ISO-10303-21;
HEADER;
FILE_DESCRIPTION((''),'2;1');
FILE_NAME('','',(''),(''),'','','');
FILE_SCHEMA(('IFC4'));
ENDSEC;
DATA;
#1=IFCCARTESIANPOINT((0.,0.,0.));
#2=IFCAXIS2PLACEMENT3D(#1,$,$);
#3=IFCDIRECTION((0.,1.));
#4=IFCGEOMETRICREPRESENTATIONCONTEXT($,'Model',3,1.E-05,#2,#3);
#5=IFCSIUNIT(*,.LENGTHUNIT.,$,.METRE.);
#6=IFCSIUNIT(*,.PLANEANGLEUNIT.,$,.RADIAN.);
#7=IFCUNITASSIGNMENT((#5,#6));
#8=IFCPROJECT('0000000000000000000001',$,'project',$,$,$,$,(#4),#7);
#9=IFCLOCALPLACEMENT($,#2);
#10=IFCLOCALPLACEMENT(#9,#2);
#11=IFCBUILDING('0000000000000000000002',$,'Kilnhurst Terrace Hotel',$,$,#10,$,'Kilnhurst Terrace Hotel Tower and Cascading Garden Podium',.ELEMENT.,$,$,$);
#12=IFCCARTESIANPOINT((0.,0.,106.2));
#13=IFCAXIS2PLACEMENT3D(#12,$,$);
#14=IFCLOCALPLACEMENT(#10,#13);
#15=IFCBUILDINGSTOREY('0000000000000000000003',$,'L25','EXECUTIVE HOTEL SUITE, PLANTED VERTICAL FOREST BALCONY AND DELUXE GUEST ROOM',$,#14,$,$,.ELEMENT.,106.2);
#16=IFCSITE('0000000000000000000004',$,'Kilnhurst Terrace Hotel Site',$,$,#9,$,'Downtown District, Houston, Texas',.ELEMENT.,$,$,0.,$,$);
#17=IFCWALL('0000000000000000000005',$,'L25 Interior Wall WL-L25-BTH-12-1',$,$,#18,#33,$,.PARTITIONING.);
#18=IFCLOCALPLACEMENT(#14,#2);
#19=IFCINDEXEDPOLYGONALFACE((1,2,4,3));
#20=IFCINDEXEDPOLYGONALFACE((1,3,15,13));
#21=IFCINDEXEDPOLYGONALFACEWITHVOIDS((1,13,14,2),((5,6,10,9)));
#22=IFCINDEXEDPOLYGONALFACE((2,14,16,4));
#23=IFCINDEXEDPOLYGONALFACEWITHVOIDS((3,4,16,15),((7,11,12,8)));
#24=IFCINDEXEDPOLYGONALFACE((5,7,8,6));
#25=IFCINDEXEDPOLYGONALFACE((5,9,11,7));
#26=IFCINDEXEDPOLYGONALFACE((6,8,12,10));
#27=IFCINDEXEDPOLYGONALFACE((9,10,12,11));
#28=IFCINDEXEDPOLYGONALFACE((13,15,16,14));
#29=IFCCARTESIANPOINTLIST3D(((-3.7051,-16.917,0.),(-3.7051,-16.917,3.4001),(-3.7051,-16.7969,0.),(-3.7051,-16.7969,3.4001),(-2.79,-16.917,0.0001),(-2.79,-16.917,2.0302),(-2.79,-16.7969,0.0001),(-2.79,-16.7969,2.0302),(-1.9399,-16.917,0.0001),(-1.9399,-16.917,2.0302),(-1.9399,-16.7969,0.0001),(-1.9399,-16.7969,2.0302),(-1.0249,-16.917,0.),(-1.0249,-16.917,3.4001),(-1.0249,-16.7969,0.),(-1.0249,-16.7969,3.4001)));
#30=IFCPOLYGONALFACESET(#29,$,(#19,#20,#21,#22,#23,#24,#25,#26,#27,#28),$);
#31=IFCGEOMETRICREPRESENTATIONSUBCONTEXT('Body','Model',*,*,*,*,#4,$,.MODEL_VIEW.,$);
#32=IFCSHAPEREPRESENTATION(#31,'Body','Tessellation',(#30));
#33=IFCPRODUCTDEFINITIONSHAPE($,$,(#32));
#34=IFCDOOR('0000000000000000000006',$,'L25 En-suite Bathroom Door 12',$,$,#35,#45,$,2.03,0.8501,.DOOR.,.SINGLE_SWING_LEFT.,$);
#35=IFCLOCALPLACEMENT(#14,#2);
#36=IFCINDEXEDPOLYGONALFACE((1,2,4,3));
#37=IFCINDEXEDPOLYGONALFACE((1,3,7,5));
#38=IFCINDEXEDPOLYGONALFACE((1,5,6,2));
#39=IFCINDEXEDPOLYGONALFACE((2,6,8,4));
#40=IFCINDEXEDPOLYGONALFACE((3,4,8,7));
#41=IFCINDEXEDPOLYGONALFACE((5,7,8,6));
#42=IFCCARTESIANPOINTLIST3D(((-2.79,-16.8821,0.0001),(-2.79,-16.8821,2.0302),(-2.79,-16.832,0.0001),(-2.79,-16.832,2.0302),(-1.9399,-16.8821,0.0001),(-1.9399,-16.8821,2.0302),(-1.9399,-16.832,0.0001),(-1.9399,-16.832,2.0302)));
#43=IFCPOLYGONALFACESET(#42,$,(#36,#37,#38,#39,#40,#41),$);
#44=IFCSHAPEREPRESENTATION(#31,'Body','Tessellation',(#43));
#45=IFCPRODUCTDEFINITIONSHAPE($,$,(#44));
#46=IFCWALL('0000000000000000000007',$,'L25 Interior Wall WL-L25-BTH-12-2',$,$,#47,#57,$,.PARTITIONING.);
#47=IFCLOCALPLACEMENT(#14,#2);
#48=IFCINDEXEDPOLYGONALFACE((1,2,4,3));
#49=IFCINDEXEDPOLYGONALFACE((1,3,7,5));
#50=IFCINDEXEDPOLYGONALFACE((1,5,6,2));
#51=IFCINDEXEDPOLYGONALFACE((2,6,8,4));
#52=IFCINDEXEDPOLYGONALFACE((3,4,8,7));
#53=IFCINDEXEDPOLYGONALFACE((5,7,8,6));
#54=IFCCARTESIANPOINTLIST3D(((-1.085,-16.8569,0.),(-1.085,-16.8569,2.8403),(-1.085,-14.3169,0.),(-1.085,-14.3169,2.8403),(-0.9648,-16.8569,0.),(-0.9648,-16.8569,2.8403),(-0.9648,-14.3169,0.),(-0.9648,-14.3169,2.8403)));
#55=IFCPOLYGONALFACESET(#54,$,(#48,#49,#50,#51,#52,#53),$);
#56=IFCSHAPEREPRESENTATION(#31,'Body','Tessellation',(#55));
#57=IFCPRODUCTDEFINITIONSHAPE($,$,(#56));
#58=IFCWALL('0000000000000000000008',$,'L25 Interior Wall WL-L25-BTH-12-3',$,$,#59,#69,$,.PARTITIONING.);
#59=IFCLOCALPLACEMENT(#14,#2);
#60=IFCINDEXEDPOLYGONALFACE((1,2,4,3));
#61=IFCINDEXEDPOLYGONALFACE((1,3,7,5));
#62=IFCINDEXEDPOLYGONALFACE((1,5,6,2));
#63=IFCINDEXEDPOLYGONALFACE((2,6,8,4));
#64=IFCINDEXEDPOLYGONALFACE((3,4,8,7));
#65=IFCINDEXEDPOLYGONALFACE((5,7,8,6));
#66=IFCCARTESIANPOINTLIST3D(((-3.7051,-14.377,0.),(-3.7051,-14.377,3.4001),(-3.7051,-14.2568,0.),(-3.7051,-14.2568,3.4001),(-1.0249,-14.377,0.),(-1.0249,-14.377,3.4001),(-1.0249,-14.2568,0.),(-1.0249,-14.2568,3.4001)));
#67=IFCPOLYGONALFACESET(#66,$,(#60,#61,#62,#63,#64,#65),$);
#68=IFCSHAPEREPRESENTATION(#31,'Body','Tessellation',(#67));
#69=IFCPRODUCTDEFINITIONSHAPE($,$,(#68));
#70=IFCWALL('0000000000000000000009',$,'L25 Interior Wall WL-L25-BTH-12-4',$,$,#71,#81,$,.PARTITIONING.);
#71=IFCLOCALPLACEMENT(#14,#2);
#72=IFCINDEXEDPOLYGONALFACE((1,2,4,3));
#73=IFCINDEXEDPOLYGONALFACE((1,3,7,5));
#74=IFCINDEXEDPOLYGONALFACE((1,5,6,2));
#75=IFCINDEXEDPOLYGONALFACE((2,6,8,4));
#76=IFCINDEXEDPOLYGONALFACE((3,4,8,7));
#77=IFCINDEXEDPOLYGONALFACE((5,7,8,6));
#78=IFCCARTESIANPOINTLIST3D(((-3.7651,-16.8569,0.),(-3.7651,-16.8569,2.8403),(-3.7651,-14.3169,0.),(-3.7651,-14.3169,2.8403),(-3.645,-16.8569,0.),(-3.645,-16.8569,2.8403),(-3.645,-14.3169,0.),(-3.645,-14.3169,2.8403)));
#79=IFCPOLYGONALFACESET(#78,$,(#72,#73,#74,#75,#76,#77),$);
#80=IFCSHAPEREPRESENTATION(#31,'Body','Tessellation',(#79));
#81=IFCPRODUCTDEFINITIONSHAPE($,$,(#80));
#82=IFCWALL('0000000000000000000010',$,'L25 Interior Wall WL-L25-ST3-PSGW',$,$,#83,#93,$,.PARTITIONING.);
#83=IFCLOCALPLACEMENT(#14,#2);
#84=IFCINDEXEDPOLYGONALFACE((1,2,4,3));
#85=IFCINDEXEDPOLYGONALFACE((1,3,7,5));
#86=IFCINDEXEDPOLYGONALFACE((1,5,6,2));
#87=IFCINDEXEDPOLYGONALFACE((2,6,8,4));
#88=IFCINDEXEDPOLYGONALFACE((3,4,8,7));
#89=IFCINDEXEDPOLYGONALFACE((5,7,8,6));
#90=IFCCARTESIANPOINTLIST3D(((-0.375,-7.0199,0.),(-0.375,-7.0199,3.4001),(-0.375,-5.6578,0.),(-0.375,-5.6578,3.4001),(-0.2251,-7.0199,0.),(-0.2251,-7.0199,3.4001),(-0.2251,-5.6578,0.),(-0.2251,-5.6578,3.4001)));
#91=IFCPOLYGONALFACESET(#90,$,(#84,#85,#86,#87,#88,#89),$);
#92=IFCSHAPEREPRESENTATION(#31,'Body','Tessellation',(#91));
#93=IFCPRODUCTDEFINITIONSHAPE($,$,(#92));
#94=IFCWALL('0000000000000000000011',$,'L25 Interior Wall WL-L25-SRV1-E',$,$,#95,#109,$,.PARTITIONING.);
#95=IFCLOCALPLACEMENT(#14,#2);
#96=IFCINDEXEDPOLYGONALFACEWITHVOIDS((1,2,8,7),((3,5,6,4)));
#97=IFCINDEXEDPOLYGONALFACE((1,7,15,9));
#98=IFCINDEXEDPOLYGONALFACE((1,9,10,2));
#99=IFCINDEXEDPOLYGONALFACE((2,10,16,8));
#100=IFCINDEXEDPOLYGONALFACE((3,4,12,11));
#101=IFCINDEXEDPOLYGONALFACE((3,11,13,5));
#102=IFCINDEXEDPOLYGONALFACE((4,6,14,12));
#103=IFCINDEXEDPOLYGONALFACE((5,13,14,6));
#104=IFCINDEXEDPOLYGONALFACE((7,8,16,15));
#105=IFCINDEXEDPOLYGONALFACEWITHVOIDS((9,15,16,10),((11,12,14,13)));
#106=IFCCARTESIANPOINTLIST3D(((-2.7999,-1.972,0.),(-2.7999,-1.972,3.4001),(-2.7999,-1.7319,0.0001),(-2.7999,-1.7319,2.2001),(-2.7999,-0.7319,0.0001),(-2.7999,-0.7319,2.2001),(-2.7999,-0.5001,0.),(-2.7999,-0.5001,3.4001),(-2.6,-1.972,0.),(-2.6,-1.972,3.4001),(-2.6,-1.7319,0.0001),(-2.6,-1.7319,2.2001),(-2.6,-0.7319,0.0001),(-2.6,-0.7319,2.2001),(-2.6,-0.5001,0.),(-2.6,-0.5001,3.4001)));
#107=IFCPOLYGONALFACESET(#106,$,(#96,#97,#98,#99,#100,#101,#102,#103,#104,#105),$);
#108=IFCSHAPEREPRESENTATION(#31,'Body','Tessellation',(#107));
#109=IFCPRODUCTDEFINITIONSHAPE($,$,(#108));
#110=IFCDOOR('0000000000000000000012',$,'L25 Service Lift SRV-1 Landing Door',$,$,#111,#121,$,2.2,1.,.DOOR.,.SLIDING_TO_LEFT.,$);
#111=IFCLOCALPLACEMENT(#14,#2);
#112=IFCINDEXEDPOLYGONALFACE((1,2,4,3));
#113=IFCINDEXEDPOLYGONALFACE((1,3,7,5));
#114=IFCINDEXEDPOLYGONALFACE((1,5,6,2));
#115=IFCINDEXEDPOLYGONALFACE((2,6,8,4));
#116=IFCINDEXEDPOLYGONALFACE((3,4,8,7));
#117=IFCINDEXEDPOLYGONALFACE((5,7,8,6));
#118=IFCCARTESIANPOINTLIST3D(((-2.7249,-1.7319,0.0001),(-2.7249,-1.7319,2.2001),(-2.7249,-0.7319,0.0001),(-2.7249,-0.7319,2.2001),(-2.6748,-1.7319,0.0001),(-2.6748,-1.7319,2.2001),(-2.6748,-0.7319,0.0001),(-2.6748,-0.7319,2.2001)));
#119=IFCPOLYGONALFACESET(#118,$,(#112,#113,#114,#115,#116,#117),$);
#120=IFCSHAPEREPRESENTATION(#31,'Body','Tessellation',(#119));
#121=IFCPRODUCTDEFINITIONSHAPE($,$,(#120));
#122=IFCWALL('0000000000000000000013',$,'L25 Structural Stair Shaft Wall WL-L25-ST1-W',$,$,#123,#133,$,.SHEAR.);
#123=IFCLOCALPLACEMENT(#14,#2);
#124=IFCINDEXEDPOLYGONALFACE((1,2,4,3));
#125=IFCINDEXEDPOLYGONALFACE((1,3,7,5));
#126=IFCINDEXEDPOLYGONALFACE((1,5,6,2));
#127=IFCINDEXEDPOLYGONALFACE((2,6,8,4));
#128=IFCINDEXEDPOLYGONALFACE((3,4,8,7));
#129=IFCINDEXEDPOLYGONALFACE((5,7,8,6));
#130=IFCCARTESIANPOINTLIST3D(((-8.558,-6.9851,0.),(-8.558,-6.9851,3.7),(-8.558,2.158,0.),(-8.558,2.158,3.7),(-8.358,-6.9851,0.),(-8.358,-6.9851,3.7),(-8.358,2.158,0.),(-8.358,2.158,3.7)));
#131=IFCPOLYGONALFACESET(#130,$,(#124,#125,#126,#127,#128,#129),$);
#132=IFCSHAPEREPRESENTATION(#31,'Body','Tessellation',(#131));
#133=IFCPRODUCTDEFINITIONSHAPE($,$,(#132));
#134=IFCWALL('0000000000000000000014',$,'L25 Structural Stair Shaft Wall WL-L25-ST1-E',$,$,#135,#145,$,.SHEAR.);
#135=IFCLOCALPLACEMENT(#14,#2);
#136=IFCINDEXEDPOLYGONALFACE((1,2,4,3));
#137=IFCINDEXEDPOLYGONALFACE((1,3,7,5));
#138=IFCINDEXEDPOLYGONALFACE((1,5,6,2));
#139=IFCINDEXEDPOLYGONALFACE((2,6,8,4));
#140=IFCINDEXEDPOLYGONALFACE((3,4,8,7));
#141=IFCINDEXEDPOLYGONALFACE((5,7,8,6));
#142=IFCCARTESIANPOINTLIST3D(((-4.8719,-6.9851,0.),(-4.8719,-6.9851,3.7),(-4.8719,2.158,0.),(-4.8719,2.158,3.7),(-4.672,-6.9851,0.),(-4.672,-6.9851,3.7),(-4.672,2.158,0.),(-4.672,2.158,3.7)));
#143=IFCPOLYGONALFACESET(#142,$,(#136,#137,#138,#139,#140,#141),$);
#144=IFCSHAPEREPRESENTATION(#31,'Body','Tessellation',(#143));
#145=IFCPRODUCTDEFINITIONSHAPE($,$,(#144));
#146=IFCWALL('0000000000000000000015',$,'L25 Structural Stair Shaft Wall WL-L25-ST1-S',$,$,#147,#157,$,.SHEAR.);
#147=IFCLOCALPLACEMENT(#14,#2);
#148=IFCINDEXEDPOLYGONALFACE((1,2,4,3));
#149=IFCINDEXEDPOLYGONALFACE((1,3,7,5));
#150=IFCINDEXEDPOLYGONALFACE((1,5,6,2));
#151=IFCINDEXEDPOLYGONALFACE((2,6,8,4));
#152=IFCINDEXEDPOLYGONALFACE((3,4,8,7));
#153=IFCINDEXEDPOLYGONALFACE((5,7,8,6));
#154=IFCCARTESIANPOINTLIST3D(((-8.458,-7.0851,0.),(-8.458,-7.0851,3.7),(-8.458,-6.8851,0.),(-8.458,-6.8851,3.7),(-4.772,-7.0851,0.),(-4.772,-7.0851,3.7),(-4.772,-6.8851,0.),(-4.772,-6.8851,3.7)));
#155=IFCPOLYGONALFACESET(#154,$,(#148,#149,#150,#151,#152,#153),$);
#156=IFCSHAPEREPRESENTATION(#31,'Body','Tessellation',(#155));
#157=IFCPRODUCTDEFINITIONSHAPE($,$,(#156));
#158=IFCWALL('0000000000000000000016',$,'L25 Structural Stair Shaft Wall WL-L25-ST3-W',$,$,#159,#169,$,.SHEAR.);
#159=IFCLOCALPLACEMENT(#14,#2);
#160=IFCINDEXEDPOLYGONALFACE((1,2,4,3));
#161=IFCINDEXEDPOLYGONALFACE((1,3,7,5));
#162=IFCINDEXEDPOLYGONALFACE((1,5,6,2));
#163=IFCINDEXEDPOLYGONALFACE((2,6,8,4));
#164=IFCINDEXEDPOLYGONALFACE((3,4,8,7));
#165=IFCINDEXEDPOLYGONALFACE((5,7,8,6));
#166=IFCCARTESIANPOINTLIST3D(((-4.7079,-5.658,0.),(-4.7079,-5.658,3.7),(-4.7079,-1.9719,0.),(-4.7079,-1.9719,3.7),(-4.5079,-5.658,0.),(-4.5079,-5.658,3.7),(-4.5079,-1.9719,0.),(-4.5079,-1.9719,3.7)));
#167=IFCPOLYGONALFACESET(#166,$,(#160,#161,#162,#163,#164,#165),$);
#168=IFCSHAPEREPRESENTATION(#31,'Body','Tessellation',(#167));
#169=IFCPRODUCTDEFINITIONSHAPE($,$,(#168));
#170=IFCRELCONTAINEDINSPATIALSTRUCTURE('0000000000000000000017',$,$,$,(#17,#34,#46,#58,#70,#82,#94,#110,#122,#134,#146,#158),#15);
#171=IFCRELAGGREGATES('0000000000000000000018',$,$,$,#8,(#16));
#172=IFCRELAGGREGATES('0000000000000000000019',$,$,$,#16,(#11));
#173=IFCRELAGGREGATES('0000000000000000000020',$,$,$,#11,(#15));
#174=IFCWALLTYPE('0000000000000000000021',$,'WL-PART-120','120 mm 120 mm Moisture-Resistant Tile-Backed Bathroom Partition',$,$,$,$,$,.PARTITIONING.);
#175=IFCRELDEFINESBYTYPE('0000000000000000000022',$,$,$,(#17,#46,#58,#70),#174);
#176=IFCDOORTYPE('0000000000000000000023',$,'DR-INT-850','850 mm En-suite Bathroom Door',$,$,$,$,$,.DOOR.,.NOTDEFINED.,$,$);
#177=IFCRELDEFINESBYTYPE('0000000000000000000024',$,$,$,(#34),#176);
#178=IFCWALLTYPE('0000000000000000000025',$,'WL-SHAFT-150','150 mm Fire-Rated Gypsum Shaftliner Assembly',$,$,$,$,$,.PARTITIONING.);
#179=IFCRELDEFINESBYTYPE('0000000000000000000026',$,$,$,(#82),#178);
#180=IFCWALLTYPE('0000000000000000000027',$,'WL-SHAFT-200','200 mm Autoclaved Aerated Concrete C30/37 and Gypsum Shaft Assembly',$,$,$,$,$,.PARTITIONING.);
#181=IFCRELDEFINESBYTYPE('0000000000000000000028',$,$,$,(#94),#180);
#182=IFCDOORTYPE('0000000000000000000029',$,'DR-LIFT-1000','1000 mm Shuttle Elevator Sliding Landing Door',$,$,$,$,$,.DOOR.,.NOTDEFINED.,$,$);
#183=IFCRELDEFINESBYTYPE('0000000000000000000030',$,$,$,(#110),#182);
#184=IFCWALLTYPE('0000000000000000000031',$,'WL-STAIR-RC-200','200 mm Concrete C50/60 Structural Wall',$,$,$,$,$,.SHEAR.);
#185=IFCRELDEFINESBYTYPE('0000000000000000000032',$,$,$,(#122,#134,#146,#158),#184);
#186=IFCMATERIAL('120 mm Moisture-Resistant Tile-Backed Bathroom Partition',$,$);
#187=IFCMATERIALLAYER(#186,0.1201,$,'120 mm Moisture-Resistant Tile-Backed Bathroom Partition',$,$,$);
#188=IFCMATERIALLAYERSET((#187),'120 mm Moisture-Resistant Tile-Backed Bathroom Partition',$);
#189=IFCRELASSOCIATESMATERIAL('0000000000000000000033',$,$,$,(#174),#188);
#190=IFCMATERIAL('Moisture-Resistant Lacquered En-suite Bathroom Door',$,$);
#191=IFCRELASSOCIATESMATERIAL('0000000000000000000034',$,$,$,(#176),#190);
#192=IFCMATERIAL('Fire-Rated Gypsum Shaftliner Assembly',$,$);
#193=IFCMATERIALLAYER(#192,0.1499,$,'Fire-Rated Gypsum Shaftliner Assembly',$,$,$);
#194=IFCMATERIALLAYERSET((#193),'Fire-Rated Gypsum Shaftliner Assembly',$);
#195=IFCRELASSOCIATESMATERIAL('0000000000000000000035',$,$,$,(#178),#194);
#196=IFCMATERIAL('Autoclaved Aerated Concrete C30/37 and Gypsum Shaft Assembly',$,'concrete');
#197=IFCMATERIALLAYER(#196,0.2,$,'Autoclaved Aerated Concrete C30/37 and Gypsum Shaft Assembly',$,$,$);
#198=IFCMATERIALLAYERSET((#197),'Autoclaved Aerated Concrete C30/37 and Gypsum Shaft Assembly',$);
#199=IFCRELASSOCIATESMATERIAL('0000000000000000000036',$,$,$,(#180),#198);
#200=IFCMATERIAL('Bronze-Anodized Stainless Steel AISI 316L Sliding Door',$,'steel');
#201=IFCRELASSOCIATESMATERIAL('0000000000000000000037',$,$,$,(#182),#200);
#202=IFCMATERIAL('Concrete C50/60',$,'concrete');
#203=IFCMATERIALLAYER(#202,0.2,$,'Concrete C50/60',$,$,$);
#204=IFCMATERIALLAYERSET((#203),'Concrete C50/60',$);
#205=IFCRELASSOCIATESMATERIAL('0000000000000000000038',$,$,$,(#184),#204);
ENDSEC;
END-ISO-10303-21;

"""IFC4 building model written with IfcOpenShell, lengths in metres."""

from ifc_helpers import new_model, si_unit, direction, frame, frame_2d, origin, place, context, subcontext, project, spatial, rectangle, extrude, material, layer, layer_set, type_object, element, fill, save


model = new_model("IFC4")

# Units and contexts
model_context = context("Model", 3, precision=1e-05, world=origin(), true_north=direction((0.0, 1.0)))
body_context = subcontext(model_context, "Body", "Model", "MODEL_VIEW")
ifc_project = project(units=[si_unit("LENGTHUNIT", "METRE"), si_unit("PLANEANGLEUNIT", "RADIAN")], contexts=[model_context])

# Site, building, storey
site_placement = place(None, origin())
site = spatial("IfcSite", under=ifc_project, at=site_placement, Name="Kilnhurst Terrace Hotel Site", LongName="Downtown District, Houston, Texas", CompositionType="ELEMENT", RefElevation=0.0)
building_placement = place(site_placement, origin())
building = spatial("IfcBuilding", under=site, at=building_placement, Name="Kilnhurst Terrace Hotel", LongName="Kilnhurst Terrace Hotel Tower and Cascading Garden Podium", CompositionType="ELEMENT")
storey_placement = place(building_placement, frame((0.0, 0.0, 106.2)))
storey = spatial("IfcBuildingStorey", under=building, at=storey_placement, Name="L25", Description="EXECUTIVE HOTEL SUITE, PLANTED VERTICAL FOREST BALCONY AND DELUXE GUEST ROOM", CompositionType="ELEMENT", Elevation=106.2)

# Shared definitions
ifc_material_1 = material(Name="Concrete C50/60", Category="concrete")

# Wall, opening, door
ifc_material_2 = material(Name="120 mm Moisture-Resistant Tile-Backed Bathroom Partition")
ifc_layer_1 = layer(ifc_material_2, 0.1201, Name="120 mm Moisture-Resistant Tile-Backed Bathroom Partition")
ifc_layer_set_1 = layer_set([ifc_layer_1], Name="120 mm Moisture-Resistant Tile-Backed Bathroom Partition")
wall_type_1 = type_object("IfcWallType", Name="WL-PART-120", Description="120 mm 120 mm Moisture-Resistant Tile-Backed Bathroom Partition", PredefinedType="PARTITIONING", material=ifc_layer_set_1)
wall_1_placement = place(storey_placement, frame((-3.7051, -16.8569, 0.0), z_axis=(0.0, 0.0, 1.0), x_axis=(1.0, 0.0, 0.0)))
wall_1 = element("IfcWall", 1, at=wall_1_placement, inside=storey, type_object=wall_type_1, Name="L25 Interior Wall WL-L25-BTH-12-1", PredefinedType="PARTITIONING", context=body_context, shape_type="SweptSolid", body=[
    extrude(rectangle(XDim=2.6802, YDim=0.1201, at=frame_2d((1.3401, 0.0))), origin(), (0.0, 0.0, 1.0), 3.4001),
])
opening_1_placement = place(wall_1_placement, frame((0.915, 0.0, 0.0)))
opening_1 = element("IfcOpeningElement", 2, at=opening_1_placement, cuts=wall_1, PredefinedType="OPENING", context=body_context, shape_type="SweptSolid", body=[
    extrude(rectangle(XDim=0.8501, YDim=2.03, at=frame_2d((0.425, 1.0151))), frame((0.0, 0.0701, 0.0), z_axis=(0.0, -1.0, 0.0), x_axis=(1.0, 0.0, 0.0)), (0.0, 0.0, 1.0), 0.1401),
])
ifc_material_3 = material(Name="Moisture-Resistant Lacquered En-suite Bathroom Door")
door_type_1 = type_object("IfcDoorType", Name="DR-INT-850", Description="850 mm En-suite Bathroom Door", OperationType="NOTDEFINED", PredefinedType="DOOR", material=ifc_material_3)
door_1_placement = place(opening_1_placement, origin())
door_1 = element("IfcDoor", 3, at=door_1_placement, inside=storey, type_object=door_type_1, Name="L25 En-suite Bathroom Door 12", OperationType="SINGLE_SWING_LEFT", OverallHeight=2.03, OverallWidth=0.8501, PredefinedType="DOOR", context=body_context, shape_type="SweptSolid", body=[
    extrude(rectangle(XDim=0.8501, YDim=2.03, at=frame_2d((0.425, 1.0151))), frame((0.0, 0.0249, 0.0), z_axis=(0.0, -1.0, 0.0), x_axis=(1.0, 0.0, 0.0)), (0.0, 0.0, 1.0), 0.05),
])
fill(opening_1, door_1)

# Walls
wall_2_placement = place(storey_placement, frame((-1.0249, -16.8569, 0.0), z_axis=(0.0, 0.0, 1.0), x_axis=(0.0, 1.0, 0.0)))
element("IfcWall", 4, at=wall_2_placement, inside=storey, type_object=wall_type_1, Name="L25 Interior Wall WL-L25-BTH-12-2", PredefinedType="PARTITIONING", context=body_context, shape_type="SweptSolid", body=[
    extrude(rectangle(XDim=2.54, YDim=0.1201, at=frame_2d((1.27, 0.0))), origin(), (0.0, 0.0, 1.0), 2.8403),
])
wall_3_placement = place(storey_placement, frame((-1.0249, -14.3169, 0.0), z_axis=(0.0, 0.0, 1.0), x_axis=(-1.0, 0.0, 0.0)))
element("IfcWall", 5, at=wall_3_placement, inside=storey, type_object=wall_type_1, Name="L25 Interior Wall WL-L25-BTH-12-3", PredefinedType="PARTITIONING", context=body_context, shape_type="SweptSolid", body=[
    extrude(rectangle(XDim=2.6802, YDim=0.1201, at=frame_2d((1.3401, 0.0))), origin(), (0.0, 0.0, 1.0), 3.4001),
])
wall_4_placement = place(storey_placement, frame((-3.7051, -14.3169, 0.0), z_axis=(0.0, 0.0, 1.0), x_axis=(0.0, -1.0, 0.0)))
element("IfcWall", 6, at=wall_4_placement, inside=storey, type_object=wall_type_1, Name="L25 Interior Wall WL-L25-BTH-12-4", PredefinedType="PARTITIONING", context=body_context, shape_type="SweptSolid", body=[
    extrude(rectangle(XDim=2.54, YDim=0.1201, at=frame_2d((1.27, 0.0))), origin(), (0.0, 0.0, 1.0), 2.8403),
])
ifc_material_4 = material(Name="Fire-Rated Gypsum Shaftliner Assembly")
ifc_layer_2 = layer(ifc_material_4, 0.1499, Name="Fire-Rated Gypsum Shaftliner Assembly")
ifc_layer_set_2 = layer_set([ifc_layer_2], Name="Fire-Rated Gypsum Shaftliner Assembly")
wall_type_2 = type_object("IfcWallType", Name="WL-SHAFT-150", Description="150 mm Fire-Rated Gypsum Shaftliner Assembly", PredefinedType="PARTITIONING", material=ifc_layer_set_2)
wall_5_placement = place(storey_placement, frame((-0.3, -7.02, 0.0), z_axis=(0.0, 0.0, 1.0), x_axis=(0.0, 1.0, 0.0)))
element("IfcWall", 7, at=wall_5_placement, inside=storey, type_object=wall_type_2, Name="L25 Interior Wall WL-L25-ST3-PSGW", PredefinedType="PARTITIONING", context=body_context, shape_type="SweptSolid", body=[
    extrude(rectangle(XDim=1.3621, YDim=0.1499, at=frame_2d((0.6812, 0.0))), origin(), (0.0, 0.0, 1.0), 3.4001),
])

# Wall, opening, door
ifc_material_5 = material(Name="Autoclaved Aerated Concrete C30/37 and Gypsum Shaft Assembly", Category="concrete")
ifc_layer_3 = layer(ifc_material_5, 0.2, Name="Autoclaved Aerated Concrete C30/37 and Gypsum Shaft Assembly")
ifc_layer_set_3 = layer_set([ifc_layer_3], Name="Autoclaved Aerated Concrete C30/37 and Gypsum Shaft Assembly")
wall_type_3 = type_object("IfcWallType", Name="WL-SHAFT-200", Description="200 mm Autoclaved Aerated Concrete C30/37 and Gypsum Shaft Assembly", PredefinedType="PARTITIONING", material=ifc_layer_set_3)
wall_6_placement = place(storey_placement, frame((-2.7, -1.9719, 0.0), z_axis=(0.0, 0.0, 1.0), x_axis=(0.0, 1.0, 0.0)))
wall_6 = element("IfcWall", 8, at=wall_6_placement, inside=storey, type_object=wall_type_3, Name="L25 Interior Wall WL-L25-SRV1-E", PredefinedType="PARTITIONING", context=body_context, shape_type="SweptSolid", body=[
    extrude(rectangle(XDim=1.4719, YDim=0.2, at=frame_2d((0.7358, 0.0))), origin(), (0.0, 0.0, 1.0), 3.4001),
])
opening_2_placement = place(wall_6_placement, frame((0.24, 0.0, 0.0)))
opening_2 = element("IfcOpeningElement", 9, at=opening_2_placement, cuts=wall_6, PredefinedType="OPENING", context=body_context, shape_type="SweptSolid", body=[
    extrude(rectangle(XDim=1.0, YDim=2.2, at=frame_2d((0.5, 1.1001))), frame((0.0, 0.1099, 0.0), z_axis=(0.0, -1.0, 0.0), x_axis=(1.0, 0.0, 0.0)), (0.0, 0.0, 1.0), 0.22),
])
ifc_material_6 = material(Name="Bronze-Anodized Stainless Steel AISI 316L Sliding Door", Category="steel")
door_type_2 = type_object("IfcDoorType", Name="DR-LIFT-1000", Description="1000 mm Shuttle Elevator Sliding Landing Door", OperationType="NOTDEFINED", PredefinedType="DOOR", material=ifc_material_6)
door_2_placement = place(opening_2_placement, origin())
door_2 = element("IfcDoor", 10, at=door_2_placement, inside=storey, type_object=door_type_2, Name="L25 Service Lift SRV-1 Landing Door", OperationType="SLIDING_TO_LEFT", OverallHeight=2.2, OverallWidth=1.0, PredefinedType="DOOR", context=body_context, shape_type="SweptSolid", body=[
    extrude(rectangle(XDim=1.0, YDim=2.2, at=frame_2d((0.5, 1.1001))), frame((0.0, 0.0249, 0.0), z_axis=(0.0, -1.0, 0.0), x_axis=(1.0, 0.0, 0.0)), (0.0, 0.0, 1.0), 0.05),
])
fill(opening_2, door_2)

# Walls
ifc_layer_4 = layer(ifc_material_1, 0.2, Name="Concrete C50/60")
ifc_layer_set_4 = layer_set([ifc_layer_4], Name="Concrete C50/60")
wall_type_4 = type_object("IfcWallType", Name="WL-STAIR-RC-200", Description="200 mm Concrete C50/60 Structural Wall", PredefinedType="SHEAR", material=ifc_layer_set_4)
for number, where, z_axis, x_axis, name in (
    (11, (-8.458, -6.9851, 0.0), (0.0, 0.0, 1.0), (0.0, 1.0, 0.0), "L25 Structural Stair Shaft Wall WL-L25-ST1-W"),
    (12, (-4.772, -6.9851, 0.0), (0.0, 0.0, 1.0), (0.0, 1.0, 0.0), "L25 Structural Stair Shaft Wall WL-L25-ST1-E"),
):
    element("IfcWall", number, at=place(storey_placement, frame(where, z_axis=z_axis, x_axis=x_axis)), inside=storey, type_object=wall_type_4, Name=name, PredefinedType="SHEAR", context=body_context, shape_type="SweptSolid", body=[
        extrude(rectangle(XDim=9.1431, YDim=0.2, at=frame_2d((4.5715, 0.0))), origin(), (0.0, 0.0, 1.0), 3.7),
    ])
for number, where, z_axis, x_axis, name in (
    (13, (-8.458, -6.9851, 0.0), (0.0, 0.0, 1.0), (1.0, 0.0, 0.0), "L25 Structural Stair Shaft Wall WL-L25-ST1-S"),
    (14, (-4.6079, -5.658, 0.0), (0.0, 0.0, 1.0), (0.0, 1.0, 0.0), "L25 Structural Stair Shaft Wall WL-L25-ST3-W"),
):
    element("IfcWall", number, at=place(storey_placement, frame(where, z_axis=z_axis, x_axis=x_axis)), inside=storey, type_object=wall_type_4, Name=name, PredefinedType="SHEAR", context=body_context, shape_type="SweptSolid", body=[
        extrude(rectangle(XDim=3.686, YDim=0.2, at=frame_2d((1.843, 0.0))), origin(), (0.0, 0.0, 1.0), 3.7),
    ])

save(model, "model.ifc")
